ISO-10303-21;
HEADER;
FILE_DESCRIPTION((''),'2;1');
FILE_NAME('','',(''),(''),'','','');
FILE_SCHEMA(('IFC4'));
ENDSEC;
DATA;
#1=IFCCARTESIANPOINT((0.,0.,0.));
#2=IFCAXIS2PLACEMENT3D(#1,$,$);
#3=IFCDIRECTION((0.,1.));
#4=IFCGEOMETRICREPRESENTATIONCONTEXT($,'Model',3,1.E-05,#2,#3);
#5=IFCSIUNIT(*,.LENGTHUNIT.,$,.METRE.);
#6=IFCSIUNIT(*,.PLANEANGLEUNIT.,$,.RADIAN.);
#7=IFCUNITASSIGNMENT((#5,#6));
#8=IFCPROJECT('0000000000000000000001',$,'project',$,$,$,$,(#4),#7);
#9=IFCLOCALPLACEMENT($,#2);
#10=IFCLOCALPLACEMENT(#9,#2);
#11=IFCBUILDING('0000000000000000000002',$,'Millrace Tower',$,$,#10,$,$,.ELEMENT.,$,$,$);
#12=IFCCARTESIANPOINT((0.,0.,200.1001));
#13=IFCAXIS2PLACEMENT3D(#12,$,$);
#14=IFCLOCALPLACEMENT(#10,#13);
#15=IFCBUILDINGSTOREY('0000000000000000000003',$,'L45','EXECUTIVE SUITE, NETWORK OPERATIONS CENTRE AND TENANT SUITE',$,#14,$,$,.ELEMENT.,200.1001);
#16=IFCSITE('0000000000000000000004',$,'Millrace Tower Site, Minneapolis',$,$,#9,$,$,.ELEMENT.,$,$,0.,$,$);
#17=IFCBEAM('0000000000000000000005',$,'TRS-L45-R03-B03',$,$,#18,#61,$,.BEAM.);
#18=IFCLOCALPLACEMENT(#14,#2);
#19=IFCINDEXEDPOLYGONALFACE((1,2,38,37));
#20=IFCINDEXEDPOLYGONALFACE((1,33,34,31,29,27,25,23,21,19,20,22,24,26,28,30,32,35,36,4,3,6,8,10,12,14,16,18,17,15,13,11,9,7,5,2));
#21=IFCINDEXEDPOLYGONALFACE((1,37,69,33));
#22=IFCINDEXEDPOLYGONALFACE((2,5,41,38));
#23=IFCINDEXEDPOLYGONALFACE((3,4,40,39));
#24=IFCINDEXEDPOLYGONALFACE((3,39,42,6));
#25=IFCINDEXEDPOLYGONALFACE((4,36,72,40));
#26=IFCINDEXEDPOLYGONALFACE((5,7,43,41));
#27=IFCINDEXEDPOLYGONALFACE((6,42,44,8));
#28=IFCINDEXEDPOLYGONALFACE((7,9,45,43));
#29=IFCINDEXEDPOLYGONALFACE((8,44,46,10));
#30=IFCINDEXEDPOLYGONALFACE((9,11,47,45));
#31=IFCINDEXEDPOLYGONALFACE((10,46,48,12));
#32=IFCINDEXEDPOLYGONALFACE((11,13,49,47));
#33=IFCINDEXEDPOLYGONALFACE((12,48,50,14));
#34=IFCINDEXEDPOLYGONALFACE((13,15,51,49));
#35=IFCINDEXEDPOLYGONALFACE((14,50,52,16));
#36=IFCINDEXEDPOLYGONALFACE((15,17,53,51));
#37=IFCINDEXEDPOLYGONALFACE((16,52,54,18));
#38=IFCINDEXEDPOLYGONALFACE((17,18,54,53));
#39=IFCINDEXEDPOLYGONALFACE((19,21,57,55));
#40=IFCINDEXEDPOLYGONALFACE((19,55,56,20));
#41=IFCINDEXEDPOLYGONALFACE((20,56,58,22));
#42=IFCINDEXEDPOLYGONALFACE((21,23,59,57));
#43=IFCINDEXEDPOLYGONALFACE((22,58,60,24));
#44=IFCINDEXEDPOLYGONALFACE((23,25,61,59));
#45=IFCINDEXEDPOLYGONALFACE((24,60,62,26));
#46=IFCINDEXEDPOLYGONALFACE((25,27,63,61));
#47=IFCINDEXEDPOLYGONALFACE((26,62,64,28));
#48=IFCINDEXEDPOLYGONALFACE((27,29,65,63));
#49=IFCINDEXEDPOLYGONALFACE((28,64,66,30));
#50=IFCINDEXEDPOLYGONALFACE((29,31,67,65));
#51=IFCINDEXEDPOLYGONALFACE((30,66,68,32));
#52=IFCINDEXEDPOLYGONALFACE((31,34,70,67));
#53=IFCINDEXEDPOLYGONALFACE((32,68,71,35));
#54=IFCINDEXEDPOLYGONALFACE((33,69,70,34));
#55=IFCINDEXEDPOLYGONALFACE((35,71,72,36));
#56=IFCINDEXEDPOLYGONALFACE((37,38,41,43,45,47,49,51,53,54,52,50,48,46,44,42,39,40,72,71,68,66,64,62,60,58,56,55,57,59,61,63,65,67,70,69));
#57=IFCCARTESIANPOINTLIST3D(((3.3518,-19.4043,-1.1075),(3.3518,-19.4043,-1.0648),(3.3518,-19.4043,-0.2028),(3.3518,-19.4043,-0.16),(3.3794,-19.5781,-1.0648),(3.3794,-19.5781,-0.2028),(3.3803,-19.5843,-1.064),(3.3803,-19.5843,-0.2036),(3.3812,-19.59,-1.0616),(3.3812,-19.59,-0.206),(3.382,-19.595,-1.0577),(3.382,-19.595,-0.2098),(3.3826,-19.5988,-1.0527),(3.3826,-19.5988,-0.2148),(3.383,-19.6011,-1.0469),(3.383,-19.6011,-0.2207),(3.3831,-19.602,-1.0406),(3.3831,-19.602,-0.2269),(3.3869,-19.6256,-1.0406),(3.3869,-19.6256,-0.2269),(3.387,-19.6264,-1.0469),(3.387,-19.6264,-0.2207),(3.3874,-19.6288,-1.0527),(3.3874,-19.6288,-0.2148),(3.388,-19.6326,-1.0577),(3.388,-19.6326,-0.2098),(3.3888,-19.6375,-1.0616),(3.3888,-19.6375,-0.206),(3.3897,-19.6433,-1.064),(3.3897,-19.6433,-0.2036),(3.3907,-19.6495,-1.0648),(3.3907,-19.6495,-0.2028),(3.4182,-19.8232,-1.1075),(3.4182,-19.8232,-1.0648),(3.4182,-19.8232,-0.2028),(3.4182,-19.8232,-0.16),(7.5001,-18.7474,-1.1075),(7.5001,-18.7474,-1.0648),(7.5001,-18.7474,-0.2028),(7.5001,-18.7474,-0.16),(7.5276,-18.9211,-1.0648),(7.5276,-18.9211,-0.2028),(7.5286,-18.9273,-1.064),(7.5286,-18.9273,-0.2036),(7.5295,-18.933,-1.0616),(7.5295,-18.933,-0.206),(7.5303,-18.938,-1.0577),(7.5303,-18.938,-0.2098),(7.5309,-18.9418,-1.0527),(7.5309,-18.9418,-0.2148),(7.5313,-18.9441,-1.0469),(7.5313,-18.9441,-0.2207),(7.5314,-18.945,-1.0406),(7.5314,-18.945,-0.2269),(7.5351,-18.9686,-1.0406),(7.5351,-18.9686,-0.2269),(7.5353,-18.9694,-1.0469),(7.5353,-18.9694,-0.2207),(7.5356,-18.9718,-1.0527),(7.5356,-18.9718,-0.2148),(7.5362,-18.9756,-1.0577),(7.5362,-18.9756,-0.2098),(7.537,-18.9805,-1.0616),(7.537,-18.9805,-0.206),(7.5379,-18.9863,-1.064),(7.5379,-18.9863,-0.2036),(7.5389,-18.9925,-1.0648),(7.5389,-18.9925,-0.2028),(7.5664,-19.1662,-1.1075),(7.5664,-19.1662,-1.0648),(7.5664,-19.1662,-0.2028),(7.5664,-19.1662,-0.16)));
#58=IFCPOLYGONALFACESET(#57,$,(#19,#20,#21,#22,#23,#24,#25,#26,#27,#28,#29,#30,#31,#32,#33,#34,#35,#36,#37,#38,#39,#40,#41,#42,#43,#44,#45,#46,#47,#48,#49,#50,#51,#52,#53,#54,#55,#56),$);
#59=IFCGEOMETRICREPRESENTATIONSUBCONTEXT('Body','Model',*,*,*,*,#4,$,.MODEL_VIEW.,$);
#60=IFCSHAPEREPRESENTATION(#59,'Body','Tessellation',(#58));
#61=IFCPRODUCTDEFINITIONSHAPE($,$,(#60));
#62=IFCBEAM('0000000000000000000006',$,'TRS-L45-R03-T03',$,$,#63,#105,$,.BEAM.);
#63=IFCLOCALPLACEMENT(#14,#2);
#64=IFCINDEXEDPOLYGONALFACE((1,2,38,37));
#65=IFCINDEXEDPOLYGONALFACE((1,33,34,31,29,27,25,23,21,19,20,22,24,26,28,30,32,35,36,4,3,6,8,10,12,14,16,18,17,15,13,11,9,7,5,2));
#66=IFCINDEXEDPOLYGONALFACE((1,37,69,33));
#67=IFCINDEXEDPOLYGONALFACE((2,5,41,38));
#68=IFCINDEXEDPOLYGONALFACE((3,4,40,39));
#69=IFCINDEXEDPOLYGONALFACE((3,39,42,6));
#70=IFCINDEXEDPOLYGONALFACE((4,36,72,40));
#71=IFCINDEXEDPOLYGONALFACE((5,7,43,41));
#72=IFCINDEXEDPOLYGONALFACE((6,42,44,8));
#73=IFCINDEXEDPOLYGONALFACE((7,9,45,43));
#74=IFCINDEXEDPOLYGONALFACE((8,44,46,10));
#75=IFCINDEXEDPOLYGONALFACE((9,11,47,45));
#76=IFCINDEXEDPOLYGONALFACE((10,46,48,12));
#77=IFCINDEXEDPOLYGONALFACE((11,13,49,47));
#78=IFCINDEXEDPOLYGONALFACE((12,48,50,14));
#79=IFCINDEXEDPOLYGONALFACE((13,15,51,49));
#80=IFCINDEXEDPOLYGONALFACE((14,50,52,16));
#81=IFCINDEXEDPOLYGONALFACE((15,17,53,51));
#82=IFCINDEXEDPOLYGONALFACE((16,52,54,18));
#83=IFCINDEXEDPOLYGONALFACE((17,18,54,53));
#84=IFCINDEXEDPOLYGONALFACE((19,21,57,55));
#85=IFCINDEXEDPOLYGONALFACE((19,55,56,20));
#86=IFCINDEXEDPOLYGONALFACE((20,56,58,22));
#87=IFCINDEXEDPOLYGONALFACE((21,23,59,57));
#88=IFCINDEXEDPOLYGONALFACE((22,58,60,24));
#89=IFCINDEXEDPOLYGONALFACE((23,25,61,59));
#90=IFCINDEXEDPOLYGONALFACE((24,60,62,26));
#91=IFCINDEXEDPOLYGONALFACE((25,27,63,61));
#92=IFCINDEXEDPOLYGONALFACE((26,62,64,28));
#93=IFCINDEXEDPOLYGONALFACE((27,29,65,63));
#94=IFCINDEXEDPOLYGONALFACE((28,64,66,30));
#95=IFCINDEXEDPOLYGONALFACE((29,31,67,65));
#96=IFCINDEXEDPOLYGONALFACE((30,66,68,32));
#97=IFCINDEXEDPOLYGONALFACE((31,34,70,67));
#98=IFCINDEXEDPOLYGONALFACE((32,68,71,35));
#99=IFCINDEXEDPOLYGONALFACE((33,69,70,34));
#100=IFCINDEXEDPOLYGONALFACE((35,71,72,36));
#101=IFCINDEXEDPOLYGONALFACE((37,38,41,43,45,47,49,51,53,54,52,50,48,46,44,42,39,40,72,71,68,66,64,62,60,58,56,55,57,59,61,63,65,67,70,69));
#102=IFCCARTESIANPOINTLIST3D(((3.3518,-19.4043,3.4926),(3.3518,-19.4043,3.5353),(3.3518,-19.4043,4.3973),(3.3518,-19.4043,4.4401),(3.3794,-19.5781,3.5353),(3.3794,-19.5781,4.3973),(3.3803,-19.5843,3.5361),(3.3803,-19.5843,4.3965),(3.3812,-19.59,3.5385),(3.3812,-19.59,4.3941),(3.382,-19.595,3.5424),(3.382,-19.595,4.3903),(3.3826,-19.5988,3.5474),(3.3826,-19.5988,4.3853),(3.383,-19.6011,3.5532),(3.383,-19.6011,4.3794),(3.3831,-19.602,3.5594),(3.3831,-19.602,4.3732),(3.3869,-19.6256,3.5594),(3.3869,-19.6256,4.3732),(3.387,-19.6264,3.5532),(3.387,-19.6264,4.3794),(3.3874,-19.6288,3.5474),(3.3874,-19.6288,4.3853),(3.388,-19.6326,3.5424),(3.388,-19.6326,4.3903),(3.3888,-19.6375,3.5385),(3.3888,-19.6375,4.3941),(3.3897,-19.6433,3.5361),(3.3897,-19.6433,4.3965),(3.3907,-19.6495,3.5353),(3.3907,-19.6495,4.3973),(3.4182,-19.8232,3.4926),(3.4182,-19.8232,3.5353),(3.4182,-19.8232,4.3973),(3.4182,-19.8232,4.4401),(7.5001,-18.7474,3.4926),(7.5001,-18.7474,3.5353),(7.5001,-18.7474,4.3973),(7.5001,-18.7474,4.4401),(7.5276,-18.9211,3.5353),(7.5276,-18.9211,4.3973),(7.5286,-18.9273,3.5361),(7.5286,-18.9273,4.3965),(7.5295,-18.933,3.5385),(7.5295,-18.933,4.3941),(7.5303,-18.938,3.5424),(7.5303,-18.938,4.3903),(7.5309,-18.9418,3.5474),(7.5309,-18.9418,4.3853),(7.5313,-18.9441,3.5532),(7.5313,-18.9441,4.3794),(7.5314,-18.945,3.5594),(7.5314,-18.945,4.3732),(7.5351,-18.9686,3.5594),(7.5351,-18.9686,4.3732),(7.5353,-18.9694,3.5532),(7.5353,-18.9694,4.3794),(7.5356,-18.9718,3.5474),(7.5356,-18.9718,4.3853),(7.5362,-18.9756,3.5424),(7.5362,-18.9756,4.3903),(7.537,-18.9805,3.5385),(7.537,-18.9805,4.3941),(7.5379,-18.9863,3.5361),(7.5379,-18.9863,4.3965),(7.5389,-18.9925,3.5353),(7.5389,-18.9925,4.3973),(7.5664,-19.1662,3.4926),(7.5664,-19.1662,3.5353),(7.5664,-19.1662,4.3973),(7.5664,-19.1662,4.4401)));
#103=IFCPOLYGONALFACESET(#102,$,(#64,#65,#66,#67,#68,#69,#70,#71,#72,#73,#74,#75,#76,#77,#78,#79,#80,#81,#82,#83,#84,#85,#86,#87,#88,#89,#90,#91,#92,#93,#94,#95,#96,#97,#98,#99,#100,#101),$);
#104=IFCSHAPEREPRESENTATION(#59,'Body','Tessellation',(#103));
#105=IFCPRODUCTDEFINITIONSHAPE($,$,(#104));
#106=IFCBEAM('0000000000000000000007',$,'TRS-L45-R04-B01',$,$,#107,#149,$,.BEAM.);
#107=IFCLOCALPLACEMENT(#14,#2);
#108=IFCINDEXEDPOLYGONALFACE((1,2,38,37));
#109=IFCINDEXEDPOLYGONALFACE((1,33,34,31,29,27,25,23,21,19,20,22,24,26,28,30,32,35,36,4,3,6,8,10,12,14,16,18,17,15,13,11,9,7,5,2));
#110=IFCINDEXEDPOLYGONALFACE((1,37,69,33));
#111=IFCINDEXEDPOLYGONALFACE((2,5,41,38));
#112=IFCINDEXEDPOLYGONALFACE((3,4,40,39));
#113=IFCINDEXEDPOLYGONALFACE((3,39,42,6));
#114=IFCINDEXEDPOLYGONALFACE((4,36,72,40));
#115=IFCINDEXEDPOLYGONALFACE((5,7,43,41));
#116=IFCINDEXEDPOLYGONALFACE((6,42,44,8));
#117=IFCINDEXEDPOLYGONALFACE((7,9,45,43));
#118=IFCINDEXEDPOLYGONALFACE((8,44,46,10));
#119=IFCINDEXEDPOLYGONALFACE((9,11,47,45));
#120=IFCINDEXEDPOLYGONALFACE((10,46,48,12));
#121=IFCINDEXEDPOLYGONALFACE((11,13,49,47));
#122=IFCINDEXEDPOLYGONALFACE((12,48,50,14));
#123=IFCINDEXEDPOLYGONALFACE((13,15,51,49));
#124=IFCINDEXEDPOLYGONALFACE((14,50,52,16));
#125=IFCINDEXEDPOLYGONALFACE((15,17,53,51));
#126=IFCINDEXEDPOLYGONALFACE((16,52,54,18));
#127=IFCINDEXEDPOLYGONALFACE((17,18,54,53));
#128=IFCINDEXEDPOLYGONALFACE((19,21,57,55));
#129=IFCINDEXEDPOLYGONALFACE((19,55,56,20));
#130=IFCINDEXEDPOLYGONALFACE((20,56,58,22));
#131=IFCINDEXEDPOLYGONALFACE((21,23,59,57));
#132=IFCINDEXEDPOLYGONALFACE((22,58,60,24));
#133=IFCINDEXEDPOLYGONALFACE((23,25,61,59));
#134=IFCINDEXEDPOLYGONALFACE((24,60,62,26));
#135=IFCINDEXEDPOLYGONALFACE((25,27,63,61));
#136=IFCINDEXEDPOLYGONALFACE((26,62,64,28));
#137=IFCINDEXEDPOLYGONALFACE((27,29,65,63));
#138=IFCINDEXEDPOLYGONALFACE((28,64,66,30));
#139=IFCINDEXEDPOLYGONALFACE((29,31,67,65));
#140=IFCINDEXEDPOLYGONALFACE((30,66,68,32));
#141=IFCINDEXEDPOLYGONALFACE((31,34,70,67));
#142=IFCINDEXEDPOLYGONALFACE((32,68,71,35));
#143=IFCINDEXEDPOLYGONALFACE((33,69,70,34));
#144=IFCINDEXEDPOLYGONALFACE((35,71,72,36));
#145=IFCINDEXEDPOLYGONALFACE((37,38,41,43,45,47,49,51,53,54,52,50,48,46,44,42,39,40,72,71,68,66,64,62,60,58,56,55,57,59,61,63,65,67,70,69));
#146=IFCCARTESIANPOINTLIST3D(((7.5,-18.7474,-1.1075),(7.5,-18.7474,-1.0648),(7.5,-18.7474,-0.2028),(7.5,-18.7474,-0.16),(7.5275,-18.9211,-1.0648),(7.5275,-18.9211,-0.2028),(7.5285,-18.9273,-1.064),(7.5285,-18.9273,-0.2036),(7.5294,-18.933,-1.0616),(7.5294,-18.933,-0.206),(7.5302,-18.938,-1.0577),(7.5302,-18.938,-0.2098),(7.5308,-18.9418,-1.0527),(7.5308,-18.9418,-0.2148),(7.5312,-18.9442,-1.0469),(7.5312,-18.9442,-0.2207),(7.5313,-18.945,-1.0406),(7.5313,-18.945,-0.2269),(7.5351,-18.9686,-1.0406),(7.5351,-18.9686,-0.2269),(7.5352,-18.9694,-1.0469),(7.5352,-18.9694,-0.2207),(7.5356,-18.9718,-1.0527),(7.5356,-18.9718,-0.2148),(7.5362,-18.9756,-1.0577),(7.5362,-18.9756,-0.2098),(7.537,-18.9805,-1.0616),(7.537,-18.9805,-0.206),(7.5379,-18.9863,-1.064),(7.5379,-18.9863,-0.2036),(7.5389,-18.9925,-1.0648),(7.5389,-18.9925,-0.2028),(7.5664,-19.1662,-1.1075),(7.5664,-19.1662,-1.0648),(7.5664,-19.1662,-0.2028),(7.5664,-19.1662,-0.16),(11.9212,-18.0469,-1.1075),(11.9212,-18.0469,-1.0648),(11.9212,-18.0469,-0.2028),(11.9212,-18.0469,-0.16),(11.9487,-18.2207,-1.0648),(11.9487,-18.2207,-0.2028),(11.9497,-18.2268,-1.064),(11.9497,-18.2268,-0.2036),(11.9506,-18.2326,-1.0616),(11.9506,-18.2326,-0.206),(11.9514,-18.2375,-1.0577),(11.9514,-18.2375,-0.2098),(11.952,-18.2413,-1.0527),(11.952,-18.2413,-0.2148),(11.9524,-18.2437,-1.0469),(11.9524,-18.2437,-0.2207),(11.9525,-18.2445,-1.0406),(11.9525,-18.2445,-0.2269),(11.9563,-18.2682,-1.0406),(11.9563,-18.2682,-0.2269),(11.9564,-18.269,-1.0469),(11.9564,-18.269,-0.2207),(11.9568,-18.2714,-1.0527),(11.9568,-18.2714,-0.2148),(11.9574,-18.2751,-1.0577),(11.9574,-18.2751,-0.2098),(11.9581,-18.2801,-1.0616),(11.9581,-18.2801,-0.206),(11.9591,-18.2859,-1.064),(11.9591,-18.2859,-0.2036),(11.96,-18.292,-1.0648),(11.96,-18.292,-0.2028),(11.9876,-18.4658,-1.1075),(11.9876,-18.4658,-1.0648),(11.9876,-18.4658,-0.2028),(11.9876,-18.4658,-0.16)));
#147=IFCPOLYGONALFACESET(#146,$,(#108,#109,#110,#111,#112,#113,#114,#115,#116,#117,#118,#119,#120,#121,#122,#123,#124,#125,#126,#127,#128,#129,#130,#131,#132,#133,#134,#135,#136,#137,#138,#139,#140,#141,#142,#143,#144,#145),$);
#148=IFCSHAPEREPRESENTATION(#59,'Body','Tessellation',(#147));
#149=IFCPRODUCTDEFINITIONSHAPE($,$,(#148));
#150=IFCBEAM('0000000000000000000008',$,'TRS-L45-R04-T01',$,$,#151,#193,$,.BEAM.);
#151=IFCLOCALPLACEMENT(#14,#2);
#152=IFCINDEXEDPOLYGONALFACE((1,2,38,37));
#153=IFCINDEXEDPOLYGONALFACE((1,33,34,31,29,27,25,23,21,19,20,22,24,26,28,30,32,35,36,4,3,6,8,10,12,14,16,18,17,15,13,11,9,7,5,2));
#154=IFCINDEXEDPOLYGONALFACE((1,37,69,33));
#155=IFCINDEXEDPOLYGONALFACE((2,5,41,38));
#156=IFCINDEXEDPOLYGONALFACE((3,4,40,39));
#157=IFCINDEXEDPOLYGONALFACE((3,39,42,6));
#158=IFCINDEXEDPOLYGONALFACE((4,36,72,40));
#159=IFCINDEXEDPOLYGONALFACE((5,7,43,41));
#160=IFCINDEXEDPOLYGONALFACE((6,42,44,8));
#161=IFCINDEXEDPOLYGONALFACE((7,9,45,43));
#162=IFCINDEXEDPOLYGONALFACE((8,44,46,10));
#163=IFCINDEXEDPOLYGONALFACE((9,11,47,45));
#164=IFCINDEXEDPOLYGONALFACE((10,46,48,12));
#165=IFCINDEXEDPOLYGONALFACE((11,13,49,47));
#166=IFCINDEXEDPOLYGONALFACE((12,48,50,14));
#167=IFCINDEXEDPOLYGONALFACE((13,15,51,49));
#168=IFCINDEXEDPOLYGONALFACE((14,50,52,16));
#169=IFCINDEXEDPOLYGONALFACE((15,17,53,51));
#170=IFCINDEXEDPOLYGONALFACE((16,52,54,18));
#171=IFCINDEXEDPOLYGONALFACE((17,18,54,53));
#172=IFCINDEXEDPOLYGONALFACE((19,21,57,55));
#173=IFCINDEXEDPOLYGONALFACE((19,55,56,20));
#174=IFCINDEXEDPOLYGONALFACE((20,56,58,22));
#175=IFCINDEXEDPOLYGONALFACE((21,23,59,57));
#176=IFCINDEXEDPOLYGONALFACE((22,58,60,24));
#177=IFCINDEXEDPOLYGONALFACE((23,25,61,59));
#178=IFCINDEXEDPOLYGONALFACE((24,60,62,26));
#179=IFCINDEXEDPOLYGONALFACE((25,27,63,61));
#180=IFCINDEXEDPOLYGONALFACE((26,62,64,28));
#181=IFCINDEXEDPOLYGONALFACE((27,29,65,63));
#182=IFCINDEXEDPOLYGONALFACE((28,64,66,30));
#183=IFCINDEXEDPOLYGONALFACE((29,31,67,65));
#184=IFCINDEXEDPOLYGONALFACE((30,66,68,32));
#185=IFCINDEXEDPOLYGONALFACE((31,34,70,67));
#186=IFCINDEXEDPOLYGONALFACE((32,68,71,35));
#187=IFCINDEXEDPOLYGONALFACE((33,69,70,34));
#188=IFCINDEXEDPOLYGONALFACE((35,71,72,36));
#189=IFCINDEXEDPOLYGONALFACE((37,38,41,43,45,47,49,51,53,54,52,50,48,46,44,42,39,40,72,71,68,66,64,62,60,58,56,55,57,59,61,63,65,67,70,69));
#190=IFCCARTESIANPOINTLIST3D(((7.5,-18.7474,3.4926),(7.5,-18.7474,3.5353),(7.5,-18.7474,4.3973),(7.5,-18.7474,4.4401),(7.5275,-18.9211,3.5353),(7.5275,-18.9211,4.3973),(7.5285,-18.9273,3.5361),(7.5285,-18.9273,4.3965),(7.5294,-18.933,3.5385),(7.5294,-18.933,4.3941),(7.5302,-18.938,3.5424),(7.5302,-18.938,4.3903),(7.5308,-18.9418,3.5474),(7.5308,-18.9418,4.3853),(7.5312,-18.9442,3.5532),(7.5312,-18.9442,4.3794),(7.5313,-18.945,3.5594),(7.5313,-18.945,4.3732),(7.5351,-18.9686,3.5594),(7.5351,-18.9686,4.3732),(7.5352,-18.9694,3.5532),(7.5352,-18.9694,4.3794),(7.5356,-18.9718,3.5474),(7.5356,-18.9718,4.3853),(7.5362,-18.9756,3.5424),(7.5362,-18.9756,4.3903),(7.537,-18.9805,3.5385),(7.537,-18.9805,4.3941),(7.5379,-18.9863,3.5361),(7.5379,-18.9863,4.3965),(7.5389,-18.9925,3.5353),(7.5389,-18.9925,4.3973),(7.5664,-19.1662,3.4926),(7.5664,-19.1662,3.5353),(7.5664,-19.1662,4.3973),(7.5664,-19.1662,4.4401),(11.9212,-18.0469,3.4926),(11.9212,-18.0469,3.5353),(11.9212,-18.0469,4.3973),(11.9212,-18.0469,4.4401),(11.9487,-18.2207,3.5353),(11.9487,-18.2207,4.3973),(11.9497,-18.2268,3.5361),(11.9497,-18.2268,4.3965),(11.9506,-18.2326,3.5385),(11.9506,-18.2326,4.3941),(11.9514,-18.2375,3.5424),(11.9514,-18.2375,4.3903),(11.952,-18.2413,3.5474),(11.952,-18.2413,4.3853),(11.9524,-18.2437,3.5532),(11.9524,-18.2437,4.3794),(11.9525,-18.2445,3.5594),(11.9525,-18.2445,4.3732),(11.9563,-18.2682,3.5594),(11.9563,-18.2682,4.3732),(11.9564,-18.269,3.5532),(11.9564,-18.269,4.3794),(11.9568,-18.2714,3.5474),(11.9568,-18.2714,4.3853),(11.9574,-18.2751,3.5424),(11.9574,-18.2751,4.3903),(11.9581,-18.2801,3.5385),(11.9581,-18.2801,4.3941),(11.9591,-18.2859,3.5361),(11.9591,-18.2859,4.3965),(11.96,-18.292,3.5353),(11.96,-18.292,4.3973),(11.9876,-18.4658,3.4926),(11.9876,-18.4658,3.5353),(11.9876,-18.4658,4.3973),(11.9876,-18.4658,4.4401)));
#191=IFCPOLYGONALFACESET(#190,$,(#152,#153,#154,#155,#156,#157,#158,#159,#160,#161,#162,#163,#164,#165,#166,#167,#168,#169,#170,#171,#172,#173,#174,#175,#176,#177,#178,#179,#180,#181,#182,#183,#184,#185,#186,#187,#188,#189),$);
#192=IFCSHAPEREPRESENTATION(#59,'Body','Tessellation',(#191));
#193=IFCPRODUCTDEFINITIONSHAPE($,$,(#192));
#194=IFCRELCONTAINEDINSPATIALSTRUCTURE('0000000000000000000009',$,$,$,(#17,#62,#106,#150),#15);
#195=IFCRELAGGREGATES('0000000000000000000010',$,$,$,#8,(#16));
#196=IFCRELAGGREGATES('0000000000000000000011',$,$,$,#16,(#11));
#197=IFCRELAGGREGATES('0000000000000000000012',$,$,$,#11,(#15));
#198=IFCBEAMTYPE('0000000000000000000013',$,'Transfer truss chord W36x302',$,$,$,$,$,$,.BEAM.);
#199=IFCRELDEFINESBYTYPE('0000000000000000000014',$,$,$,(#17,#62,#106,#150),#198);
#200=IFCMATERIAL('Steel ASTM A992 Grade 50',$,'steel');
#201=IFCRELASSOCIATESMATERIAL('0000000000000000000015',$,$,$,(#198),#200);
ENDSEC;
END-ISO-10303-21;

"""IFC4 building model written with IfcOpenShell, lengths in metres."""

from ifc_helpers import new_model, si_unit, direction, frame, origin, origin_2d, place, context, subcontext, project, spatial, i_section, extrude, material, material_profile, profile_set, type_object, element, save


model = new_model("IFC4")

# Units and contexts
model_context = context("Model", 3, precision=1e-05, world=origin(), true_north=direction((0.0, 1.0)))
body_context = subcontext(model_context, "Body", "Model", "MODEL_VIEW")
ifc_project = project(units=[si_unit("LENGTHUNIT", "METRE"), si_unit("PLANEANGLEUNIT", "RADIAN")], contexts=[model_context])

# Site, building, storey
site_placement = place(None, origin())
site = spatial("IfcSite", under=ifc_project, at=site_placement, Name="Millrace Tower Site, Minneapolis", CompositionType="ELEMENT", RefElevation=0.0)
building_placement = place(site_placement, origin())
building = spatial("IfcBuilding", under=site, at=building_placement, Name="Millrace Tower", CompositionType="ELEMENT")
storey_placement = place(building_placement, frame((0.0, 0.0, 200.1001)))
storey = spatial("IfcBuildingStorey", under=building, at=storey_placement, Name="L45", Description="EXECUTIVE SUITE, NETWORK OPERATIONS CENTRE AND TENANT SUITE", CompositionType="ELEMENT", Elevation=200.1001)

# Beams
ifc_material_1 = material(Name="Steel ASTM A992 Grade 50", Category="steel")
ifc_material_profile_1 = material_profile(ifc_material_1, i_section(OverallWidth=0.4241, OverallDepth=0.9475, WebThickness=0.0239, FlangeThickness=0.0427, FilletRadius=0.0242, at=origin_2d()))
ifc_profile_set_1 = profile_set([ifc_material_profile_1], Name="Steel ASTM A992 Grade 50")
beam_type = type_object("IfcBeamType", Name="Transfer truss chord W36x302", PredefinedType="BEAM", material=ifc_profile_set_1)
for number, where, z_axis, x_axis, name in (
    (1, (3.385, -19.6138, -0.6338), (0.987689, 0.156428, 0.0), (-0.156428, 0.987689, 0.0), "TRS-L45-R03-B03"),
    (2, (3.385, -19.6138, 3.9663), (0.987689, 0.156428, 0.0), (-0.156428, 0.987689, 0.0), "TRS-L45-R03-T03"),
):
    element("IfcBeam", number, at=place(storey_placement, frame(where, z_axis=z_axis, x_axis=x_axis)), inside=storey, type_object=beam_type, Name=name, PredefinedType="BEAM", context=body_context, shape_type="SweptSolid", body=[
        extrude(i_section(OverallWidth=0.4241, OverallDepth=0.9475, WebThickness=0.0239, FlangeThickness=0.0427, FilletRadius=0.0242, at=origin_2d()), origin(), (0.0, 0.0, 1.0), 4.2),
    ])
for number, where, z_axis, x_axis, name in (
    (3, (7.5332, -18.9568, -0.6338), (0.987681, 0.156478, 0.0), (-0.156478, 0.987681, 0.0), "TRS-L45-R04-B01"),
    (4, (7.5332, -18.9568, 3.9663), (0.987681, 0.156478, 0.0), (-0.156478, 0.987681, 0.0), "TRS-L45-R04-T01"),
):
    element("IfcBeam", number, at=place(storey_placement, frame(where, z_axis=z_axis, x_axis=x_axis)), inside=storey, type_object=beam_type, Name=name, PredefinedType="BEAM", context=body_context, shape_type="SweptSolid", body=[
        extrude(i_section(OverallWidth=0.4241, OverallDepth=0.9475, WebThickness=0.0239, FlangeThickness=0.0427, FilletRadius=0.0242, at=origin_2d()), origin(), (0.0, 0.0, 1.0), 4.4763),
    ])

save(model, "model.ifc")
